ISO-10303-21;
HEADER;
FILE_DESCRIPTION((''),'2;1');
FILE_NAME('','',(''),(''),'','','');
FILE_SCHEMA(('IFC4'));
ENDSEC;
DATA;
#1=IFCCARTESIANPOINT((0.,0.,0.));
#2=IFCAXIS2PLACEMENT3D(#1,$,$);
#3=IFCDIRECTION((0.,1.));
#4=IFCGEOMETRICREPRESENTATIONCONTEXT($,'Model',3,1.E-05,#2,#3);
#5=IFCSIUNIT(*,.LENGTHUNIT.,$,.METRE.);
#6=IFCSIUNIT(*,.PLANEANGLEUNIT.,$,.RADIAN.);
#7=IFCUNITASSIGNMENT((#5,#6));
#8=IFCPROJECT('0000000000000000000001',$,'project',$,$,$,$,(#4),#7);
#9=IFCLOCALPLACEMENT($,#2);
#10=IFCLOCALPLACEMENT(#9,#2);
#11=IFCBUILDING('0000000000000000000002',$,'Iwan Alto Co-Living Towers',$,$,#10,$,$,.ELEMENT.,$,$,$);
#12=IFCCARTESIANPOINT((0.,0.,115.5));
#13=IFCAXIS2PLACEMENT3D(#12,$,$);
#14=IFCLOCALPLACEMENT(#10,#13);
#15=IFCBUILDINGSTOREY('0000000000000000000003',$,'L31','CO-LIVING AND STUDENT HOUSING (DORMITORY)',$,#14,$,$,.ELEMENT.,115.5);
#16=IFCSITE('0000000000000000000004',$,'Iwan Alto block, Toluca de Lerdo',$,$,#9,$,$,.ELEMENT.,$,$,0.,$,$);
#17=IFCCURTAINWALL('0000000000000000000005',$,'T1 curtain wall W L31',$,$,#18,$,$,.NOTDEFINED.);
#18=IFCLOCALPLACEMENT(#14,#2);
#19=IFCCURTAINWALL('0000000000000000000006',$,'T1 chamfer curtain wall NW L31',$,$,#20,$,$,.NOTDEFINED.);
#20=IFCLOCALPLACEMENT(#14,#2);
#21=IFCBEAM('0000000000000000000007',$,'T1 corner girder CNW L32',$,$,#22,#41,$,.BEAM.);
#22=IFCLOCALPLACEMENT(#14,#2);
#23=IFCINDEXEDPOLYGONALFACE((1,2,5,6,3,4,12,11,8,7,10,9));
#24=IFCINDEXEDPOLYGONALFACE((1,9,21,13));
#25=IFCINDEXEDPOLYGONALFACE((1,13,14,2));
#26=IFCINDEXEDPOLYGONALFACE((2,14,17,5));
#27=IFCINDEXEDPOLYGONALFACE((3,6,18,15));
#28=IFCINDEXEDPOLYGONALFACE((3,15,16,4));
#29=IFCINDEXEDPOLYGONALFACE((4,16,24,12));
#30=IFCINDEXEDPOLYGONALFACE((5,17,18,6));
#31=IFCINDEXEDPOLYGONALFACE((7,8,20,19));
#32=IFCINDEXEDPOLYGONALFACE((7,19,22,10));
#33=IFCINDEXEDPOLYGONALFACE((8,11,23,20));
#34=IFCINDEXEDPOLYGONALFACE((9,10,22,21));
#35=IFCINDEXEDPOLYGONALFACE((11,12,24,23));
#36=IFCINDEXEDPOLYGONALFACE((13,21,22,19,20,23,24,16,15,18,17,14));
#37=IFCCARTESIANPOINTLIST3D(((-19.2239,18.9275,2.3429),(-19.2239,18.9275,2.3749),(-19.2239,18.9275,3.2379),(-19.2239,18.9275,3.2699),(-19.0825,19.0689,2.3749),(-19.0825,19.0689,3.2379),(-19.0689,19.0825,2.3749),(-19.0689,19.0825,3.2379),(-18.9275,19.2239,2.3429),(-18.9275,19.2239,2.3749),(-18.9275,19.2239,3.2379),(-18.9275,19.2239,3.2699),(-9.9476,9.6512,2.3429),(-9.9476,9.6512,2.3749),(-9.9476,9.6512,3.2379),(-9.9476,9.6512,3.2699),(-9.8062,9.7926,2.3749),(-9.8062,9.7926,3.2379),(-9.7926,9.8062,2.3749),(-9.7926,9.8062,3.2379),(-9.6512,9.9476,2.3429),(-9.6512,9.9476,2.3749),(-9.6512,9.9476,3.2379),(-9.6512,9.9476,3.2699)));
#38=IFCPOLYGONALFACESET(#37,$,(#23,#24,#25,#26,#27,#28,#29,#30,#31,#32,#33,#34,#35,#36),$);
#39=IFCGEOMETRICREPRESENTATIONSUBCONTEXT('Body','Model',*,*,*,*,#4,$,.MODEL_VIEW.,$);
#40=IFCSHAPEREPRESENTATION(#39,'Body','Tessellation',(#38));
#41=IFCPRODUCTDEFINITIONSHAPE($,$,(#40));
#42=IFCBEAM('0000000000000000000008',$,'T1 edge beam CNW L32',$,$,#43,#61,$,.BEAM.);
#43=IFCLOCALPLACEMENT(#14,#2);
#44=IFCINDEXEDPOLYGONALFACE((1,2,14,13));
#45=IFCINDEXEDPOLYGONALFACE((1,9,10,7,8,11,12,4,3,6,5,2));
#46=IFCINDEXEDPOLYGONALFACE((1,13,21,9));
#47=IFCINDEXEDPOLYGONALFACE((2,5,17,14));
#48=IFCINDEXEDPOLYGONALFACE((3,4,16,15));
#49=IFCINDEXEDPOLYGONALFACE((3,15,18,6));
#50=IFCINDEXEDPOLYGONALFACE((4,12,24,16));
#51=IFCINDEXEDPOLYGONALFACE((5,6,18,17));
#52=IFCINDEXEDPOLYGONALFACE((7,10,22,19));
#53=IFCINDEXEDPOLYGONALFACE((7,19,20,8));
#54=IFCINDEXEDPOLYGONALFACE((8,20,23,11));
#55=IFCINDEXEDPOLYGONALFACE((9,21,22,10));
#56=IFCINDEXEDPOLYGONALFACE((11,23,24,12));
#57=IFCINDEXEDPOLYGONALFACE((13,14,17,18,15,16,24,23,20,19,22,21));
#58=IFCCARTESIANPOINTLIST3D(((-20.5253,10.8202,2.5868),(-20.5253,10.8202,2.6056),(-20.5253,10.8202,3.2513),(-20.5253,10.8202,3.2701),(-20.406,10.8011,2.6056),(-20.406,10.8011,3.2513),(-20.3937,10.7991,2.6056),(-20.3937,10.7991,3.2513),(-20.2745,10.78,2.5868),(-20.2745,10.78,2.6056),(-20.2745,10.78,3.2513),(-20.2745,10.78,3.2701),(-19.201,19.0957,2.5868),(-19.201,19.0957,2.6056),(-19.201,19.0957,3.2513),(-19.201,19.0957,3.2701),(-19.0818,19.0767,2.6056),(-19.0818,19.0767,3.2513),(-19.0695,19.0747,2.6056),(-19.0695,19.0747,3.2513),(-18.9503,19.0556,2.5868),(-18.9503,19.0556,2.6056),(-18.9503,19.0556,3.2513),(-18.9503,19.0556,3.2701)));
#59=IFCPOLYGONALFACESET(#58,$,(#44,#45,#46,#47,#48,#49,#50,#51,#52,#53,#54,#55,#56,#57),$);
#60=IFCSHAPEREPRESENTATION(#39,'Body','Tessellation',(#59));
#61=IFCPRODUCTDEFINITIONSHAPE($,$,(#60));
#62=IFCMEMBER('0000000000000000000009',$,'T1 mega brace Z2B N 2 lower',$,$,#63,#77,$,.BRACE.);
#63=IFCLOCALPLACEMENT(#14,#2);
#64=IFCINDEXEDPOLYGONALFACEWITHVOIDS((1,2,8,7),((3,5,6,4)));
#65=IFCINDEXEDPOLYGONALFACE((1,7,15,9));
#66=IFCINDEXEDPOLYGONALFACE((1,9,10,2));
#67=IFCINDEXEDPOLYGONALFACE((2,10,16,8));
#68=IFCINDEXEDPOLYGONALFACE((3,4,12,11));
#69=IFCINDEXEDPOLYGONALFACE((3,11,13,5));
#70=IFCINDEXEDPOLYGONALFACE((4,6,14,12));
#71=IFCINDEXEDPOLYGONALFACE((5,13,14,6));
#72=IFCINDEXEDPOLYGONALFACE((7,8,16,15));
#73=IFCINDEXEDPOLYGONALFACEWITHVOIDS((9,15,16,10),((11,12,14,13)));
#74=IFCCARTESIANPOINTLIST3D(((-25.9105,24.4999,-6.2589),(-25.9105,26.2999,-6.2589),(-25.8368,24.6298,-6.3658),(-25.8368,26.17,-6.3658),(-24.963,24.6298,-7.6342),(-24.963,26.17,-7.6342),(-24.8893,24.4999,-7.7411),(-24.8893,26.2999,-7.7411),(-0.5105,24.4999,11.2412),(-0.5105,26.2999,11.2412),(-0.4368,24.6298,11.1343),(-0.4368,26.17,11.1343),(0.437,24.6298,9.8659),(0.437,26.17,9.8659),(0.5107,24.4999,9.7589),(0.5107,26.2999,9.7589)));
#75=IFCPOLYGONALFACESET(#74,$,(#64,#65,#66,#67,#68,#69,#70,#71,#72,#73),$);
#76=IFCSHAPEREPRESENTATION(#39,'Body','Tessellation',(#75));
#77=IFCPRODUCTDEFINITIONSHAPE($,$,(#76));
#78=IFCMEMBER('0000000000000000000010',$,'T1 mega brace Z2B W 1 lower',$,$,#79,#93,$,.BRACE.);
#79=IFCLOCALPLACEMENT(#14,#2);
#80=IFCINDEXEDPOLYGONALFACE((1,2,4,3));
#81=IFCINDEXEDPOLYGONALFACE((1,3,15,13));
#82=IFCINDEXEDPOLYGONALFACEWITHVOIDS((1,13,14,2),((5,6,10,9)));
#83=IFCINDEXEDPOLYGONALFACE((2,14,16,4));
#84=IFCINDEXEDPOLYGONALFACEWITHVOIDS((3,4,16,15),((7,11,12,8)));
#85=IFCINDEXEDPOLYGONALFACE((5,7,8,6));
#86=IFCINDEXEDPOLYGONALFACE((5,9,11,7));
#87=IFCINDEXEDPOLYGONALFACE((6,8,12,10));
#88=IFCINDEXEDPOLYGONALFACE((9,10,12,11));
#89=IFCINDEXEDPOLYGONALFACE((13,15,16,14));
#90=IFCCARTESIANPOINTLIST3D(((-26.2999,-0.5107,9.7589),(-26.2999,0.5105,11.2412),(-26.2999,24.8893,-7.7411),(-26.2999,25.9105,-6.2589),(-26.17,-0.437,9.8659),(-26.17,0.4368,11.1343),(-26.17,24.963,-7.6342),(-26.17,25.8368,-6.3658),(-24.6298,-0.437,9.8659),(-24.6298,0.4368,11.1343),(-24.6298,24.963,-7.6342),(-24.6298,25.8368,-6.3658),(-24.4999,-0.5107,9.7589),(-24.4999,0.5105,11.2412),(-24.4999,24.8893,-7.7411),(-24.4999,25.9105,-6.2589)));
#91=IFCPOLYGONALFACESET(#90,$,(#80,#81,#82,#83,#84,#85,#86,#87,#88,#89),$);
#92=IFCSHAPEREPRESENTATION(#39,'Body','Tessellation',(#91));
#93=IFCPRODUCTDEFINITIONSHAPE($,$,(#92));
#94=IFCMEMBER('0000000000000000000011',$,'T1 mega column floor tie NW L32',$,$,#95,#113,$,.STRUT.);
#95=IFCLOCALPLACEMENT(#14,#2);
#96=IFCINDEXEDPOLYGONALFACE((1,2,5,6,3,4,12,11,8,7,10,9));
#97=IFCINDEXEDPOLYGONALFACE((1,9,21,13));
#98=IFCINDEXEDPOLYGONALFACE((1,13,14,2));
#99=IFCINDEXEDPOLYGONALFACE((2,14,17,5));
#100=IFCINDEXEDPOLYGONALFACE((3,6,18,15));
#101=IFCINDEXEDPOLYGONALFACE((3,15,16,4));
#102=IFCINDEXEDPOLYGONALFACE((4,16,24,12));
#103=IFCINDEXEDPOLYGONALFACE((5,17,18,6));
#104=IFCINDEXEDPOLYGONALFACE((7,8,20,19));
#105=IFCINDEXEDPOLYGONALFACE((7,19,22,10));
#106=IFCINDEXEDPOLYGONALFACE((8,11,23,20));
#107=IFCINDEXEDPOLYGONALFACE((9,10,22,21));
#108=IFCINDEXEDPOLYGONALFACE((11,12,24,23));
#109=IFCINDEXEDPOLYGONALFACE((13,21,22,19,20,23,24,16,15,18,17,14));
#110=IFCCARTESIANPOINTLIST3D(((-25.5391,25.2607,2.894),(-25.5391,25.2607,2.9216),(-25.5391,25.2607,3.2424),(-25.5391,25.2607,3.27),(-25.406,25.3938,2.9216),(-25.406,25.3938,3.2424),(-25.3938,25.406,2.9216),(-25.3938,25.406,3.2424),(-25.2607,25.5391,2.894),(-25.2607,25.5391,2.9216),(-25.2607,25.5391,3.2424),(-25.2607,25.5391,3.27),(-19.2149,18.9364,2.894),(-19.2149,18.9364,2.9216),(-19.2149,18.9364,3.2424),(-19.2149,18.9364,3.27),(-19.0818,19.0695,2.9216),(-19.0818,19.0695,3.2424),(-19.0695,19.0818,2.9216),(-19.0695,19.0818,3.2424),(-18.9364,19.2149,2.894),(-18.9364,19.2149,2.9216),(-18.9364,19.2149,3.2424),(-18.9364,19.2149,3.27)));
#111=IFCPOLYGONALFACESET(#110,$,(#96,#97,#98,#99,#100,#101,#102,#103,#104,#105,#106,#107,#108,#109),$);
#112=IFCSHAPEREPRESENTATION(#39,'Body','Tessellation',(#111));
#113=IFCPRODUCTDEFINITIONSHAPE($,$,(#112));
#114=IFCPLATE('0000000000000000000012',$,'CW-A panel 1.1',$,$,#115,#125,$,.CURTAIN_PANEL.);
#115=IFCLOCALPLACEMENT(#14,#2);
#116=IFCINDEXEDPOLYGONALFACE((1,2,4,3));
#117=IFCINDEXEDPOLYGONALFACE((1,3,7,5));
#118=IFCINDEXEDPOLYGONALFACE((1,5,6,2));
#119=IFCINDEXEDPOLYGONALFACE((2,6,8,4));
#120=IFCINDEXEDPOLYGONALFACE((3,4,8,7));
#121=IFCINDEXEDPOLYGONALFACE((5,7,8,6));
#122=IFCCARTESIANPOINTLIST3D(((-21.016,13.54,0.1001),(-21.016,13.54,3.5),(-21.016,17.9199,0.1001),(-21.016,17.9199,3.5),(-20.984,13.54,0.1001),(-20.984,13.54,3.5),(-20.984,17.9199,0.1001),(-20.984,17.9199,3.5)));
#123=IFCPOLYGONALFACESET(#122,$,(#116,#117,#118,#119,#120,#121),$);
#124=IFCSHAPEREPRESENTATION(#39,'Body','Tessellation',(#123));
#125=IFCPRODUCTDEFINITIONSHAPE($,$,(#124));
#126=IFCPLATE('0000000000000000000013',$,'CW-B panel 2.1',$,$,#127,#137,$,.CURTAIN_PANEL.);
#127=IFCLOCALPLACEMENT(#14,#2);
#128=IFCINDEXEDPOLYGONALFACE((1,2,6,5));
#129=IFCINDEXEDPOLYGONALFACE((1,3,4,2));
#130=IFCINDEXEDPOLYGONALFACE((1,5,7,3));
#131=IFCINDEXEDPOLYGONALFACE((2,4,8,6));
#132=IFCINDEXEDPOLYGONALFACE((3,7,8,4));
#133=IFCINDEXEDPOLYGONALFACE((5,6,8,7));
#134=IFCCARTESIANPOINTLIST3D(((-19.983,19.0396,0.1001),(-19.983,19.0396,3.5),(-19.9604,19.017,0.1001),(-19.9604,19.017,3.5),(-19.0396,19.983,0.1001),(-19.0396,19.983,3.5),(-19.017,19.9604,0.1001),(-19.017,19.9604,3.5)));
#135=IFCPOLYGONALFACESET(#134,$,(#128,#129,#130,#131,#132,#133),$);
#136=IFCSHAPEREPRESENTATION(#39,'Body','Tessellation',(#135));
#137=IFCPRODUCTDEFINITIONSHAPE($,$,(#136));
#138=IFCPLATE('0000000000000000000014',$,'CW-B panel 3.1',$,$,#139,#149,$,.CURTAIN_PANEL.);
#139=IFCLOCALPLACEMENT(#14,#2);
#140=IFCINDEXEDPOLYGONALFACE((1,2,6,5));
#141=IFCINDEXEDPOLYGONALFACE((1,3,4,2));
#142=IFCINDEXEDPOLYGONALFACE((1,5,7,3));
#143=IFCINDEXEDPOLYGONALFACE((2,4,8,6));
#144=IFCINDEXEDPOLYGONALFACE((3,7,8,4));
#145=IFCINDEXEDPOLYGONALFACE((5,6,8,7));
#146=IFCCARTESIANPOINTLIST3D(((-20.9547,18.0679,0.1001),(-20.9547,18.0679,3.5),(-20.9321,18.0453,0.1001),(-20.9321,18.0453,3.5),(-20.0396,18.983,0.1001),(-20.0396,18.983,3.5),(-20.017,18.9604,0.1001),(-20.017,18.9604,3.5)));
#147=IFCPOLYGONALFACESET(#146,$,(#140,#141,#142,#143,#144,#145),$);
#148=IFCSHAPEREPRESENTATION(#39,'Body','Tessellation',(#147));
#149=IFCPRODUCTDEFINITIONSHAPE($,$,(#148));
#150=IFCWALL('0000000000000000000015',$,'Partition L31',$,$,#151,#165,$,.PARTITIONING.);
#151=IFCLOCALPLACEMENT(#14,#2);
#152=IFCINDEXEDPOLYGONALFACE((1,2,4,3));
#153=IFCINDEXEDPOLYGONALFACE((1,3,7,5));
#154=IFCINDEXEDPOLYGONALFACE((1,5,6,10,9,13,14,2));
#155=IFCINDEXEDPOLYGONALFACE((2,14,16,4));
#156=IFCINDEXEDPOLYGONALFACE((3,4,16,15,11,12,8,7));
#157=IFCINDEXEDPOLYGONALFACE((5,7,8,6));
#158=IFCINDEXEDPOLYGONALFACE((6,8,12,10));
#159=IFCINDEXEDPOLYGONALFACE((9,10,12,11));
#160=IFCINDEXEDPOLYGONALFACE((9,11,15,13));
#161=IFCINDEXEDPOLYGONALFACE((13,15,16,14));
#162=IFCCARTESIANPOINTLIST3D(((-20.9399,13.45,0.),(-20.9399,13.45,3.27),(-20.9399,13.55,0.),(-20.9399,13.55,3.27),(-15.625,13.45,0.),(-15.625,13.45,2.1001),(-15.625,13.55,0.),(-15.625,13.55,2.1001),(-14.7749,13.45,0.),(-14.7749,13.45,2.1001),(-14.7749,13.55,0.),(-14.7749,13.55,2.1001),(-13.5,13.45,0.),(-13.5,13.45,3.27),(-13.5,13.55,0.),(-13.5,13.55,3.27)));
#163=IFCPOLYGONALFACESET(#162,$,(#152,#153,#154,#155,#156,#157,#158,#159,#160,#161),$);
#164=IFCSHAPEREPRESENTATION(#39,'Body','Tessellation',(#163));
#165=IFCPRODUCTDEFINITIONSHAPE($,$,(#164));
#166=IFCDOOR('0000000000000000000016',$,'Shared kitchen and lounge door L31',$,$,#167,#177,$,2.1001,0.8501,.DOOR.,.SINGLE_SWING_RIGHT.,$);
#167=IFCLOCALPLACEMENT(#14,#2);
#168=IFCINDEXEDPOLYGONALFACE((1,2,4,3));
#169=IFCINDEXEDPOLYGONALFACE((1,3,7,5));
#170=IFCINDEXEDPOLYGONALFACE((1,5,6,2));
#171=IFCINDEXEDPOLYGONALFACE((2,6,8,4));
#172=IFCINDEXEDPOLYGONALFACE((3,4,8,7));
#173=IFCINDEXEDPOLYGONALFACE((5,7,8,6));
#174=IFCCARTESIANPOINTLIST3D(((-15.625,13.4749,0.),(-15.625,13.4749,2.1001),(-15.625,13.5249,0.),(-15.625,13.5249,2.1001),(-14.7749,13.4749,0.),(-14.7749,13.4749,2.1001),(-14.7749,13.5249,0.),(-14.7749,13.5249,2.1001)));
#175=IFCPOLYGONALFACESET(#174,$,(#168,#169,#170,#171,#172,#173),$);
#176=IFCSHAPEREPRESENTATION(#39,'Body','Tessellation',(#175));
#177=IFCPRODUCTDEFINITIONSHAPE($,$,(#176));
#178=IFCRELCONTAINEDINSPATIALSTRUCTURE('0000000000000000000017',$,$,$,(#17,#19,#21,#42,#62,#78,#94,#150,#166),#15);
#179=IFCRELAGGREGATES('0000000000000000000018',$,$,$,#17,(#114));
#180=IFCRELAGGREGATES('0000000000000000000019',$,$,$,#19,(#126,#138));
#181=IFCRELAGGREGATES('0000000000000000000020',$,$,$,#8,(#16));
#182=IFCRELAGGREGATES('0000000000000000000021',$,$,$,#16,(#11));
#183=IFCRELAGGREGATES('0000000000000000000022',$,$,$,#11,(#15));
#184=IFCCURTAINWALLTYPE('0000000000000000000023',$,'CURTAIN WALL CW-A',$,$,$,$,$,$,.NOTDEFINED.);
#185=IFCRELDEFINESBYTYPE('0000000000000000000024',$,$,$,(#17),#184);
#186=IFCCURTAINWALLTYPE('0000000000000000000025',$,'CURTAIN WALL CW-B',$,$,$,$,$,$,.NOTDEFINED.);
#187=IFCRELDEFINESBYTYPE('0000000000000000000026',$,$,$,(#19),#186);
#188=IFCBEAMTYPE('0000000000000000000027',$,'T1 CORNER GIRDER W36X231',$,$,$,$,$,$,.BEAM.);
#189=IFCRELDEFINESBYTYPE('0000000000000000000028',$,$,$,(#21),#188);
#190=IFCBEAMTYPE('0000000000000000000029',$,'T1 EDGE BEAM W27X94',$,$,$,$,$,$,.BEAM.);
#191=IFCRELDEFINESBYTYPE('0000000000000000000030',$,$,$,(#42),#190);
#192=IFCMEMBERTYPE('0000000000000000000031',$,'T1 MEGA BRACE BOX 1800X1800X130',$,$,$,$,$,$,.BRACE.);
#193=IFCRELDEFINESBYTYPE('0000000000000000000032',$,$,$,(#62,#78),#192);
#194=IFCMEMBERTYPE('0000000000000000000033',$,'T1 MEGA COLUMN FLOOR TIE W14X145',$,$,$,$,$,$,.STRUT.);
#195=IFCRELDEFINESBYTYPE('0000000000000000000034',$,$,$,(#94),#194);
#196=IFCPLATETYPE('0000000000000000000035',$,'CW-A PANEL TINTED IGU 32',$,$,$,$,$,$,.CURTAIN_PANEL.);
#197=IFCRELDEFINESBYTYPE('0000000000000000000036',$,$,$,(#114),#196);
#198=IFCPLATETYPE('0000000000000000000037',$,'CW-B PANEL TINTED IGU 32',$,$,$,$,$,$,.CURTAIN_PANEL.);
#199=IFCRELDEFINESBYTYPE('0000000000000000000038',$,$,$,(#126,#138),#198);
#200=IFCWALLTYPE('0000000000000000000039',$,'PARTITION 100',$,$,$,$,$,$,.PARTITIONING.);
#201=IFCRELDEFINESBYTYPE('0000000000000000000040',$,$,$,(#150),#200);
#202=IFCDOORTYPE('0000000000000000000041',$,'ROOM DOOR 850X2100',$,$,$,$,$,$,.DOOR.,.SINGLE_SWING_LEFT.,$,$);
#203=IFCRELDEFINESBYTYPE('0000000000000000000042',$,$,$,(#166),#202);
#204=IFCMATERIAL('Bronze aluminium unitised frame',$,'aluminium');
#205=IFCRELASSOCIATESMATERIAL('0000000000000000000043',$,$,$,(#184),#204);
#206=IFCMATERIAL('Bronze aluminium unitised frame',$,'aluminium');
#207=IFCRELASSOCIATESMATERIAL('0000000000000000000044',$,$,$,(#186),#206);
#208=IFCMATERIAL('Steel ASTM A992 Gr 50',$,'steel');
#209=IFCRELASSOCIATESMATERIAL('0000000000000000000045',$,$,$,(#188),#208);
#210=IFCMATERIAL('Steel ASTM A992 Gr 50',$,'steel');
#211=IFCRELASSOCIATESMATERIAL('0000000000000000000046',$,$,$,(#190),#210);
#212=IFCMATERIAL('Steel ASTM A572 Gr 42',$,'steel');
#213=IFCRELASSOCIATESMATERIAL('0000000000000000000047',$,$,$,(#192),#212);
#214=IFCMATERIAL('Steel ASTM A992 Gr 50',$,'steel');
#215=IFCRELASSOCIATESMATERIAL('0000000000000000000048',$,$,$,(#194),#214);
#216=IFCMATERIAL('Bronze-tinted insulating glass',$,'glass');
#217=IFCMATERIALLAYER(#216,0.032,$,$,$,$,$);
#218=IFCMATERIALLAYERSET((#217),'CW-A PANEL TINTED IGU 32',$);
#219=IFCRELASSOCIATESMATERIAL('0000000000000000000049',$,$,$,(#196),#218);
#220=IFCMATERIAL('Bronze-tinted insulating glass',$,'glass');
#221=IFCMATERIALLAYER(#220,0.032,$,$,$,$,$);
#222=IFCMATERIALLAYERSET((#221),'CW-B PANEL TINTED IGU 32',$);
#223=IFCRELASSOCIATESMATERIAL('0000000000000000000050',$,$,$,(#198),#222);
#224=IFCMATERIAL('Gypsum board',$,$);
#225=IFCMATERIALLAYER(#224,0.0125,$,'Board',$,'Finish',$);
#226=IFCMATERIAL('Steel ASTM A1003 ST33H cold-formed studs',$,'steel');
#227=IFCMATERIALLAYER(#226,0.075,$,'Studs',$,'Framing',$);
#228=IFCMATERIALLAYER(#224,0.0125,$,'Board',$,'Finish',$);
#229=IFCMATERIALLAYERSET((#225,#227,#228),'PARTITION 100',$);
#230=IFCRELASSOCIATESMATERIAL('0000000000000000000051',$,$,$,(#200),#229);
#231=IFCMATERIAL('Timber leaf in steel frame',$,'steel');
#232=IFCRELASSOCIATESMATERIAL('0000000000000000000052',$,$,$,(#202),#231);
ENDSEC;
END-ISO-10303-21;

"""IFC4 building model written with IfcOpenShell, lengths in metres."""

from ifc_helpers import new_model, si_unit, direction, frame, frame_2d, origin, origin_2d, place, context, subcontext, project, spatial, rectangle, hollow_rectangle, i_section, extrude, material, layer, layer_set, material_profile, profile_set, type_object, element, fill, aggregate, save


model = new_model("IFC4")

# Units and contexts
model_context = context("Model", 3, precision=1e-05, world=origin(), true_north=direction((0.0, 1.0)))
body_context = subcontext(model_context, "Body", "Model", "MODEL_VIEW")
ifc_project = project(units=[si_unit("LENGTHUNIT", "METRE"), si_unit("PLANEANGLEUNIT", "RADIAN")], contexts=[model_context])

# Site, building, storey
site_placement = place(None, origin())
site = spatial("IfcSite", under=ifc_project, at=site_placement, Name="Iwan Alto block, Toluca de Lerdo", CompositionType="ELEMENT", RefElevation=0.0)
building_placement = place(site_placement, origin())
building = spatial("IfcBuilding", under=site, at=building_placement, Name="Iwan Alto Co-Living Towers", CompositionType="ELEMENT")
storey_placement = place(building_placement, frame((0.0, 0.0, 115.5)))
storey = spatial("IfcBuildingStorey", under=building, at=storey_placement, Name="L31", Description="CO-LIVING AND STUDENT HOUSING (DORMITORY)", CompositionType="ELEMENT", Elevation=115.5)

# Curtain walls
ifc_material_1 = material(Name="Bronze aluminium unitised frame", Category="aluminium")
curtain_wall_type_1 = type_object("IfcCurtainWallType", Name="CURTAIN WALL CW-A", PredefinedType="NOTDEFINED", material=ifc_material_1)
curtain_wall_1_placement = place(storey_placement, origin())
curtain_wall_1 = element("IfcCurtainWall", 1, at=curtain_wall_1_placement, inside=storey, type_object=curtain_wall_type_1, Name="T1 curtain wall W L31", PredefinedType="NOTDEFINED")
ifc_material_2 = material(Name="Bronze aluminium unitised frame", Category="aluminium")
curtain_wall_type_2 = type_object("IfcCurtainWallType", Name="CURTAIN WALL CW-B", PredefinedType="NOTDEFINED", material=ifc_material_2)
curtain_wall_2_placement = place(storey_placement, origin())
curtain_wall_2 = element("IfcCurtainWall", 2, at=curtain_wall_2_placement, inside=storey, type_object=curtain_wall_type_2, Name="T1 chamfer curtain wall NW L31", PredefinedType="NOTDEFINED")

# Beams
ifc_material_3 = material(Name="Steel ASTM A992 Gr 50", Category="steel")
ifc_material_profile_1 = material_profile(ifc_material_3, i_section(OverallWidth=0.4192, OverallDepth=0.927, WebThickness=0.0193, FlangeThickness=0.032, at=origin_2d()), Name="W36X231")
ifc_profile_set_1 = profile_set([ifc_material_profile_1], Name="Steel ASTM A992 Gr 50")
beam_type_1 = type_object("IfcBeamType", Name="T1 CORNER GIRDER W36X231", PredefinedType="BEAM", material=ifc_profile_set_1)
beam_1_placement = place(storey_placement, frame((-19.0757, 19.0757, 2.8064), z_axis=(0.707107, -0.707107, 0.0), x_axis=(0.707107, 0.707107, 0.0)))
element("IfcBeam", 3, at=beam_1_placement, inside=storey, type_object=beam_type_1, Name="T1 corner girder CNW L32", PredefinedType="BEAM", context=body_context, shape_type="SweptSolid", body=[
    extrude(i_section(OverallWidth=0.4192, OverallDepth=0.927, WebThickness=0.0193, FlangeThickness=0.032, at=origin_2d()), origin(), (0.0, 0.0, 1.0), 13.1187),
])
ifc_material_4 = material(Name="Steel ASTM A992 Gr 50", Category="steel")
ifc_material_profile_2 = material_profile(ifc_material_4, i_section(OverallWidth=0.2539, OverallDepth=0.6833, WebThickness=0.0125, FlangeThickness=0.0188, at=origin_2d()), Name="W27X94")
ifc_profile_set_2 = profile_set([ifc_material_profile_2], Name="Steel ASTM A992 Gr 50")
beam_type_2 = type_object("IfcBeamType", Name="T1 EDGE BEAM W27X94", PredefinedType="BEAM", material=ifc_profile_set_2)
beam_2_placement = place(storey_placement, frame((-19.0757, 19.0757, 2.9285), z_axis=(-0.158004, -0.987438, 0.0), x_axis=(0.987438, -0.158004, 0.0)))
element("IfcBeam", 4, at=beam_2_placement, inside=storey, type_object=beam_type_2, Name="T1 edge beam CNW L32", PredefinedType="BEAM", context=body_context, shape_type="SweptSolid", body=[
    extrude(i_section(OverallWidth=0.2539, OverallDepth=0.6833, WebThickness=0.0125, FlangeThickness=0.0188, at=origin_2d()), origin(), (0.0, 0.0, 1.0), 8.3809),
])

# Members
ifc_material_5 = material(Name="Steel ASTM A572 Gr 42", Category="steel")
ifc_material_profile_3 = material_profile(ifc_material_5, hollow_rectangle(XDim=1.8, YDim=1.8, WallThickness=0.1299, at=origin_2d()), Name="BOX 1800X1800X130")
ifc_profile_set_3 = profile_set([ifc_material_profile_3], Name="Steel ASTM A572 Gr 42")
member_type_1 = type_object("IfcMemberType", Name="T1 MEGA BRACE BOX 1800X1800X130", PredefinedType="BRACE", material=ifc_profile_set_3)
for number, where, z_axis, x_axis, name in (
    (5, (-25.3999, 25.3999, -7.0), (0.823473, 0.0, 0.567356), (0.0, 1.0, 0.0), "T1 mega brace Z2B N 2 lower"),
    (6, (-25.3999, 25.3999, -7.0), (0.0, -0.823473, 0.567356), (1.0, 0.0, 0.0), "T1 mega brace Z2B W 1 lower"),
):
    element("IfcMember", number, at=place(storey_placement, frame(where, z_axis=z_axis, x_axis=x_axis)), inside=storey, type_object=member_type_1, Name=name, PredefinedType="BRACE", context=body_context, shape_type="SweptSolid", body=[
        extrude(hollow_rectangle(XDim=1.8, YDim=1.8, WallThickness=0.1299, at=origin_2d()), origin(), (0.0, 0.0, 1.0), 30.845),
    ])
ifc_material_6 = material(Name="Steel ASTM A992 Gr 50", Category="steel")
ifc_material_profile_4 = material_profile(ifc_material_6, i_section(OverallWidth=0.3938, OverallDepth=0.376, WebThickness=0.0173, FlangeThickness=0.0276, at=origin_2d()), Name="W14X145")
ifc_profile_set_4 = profile_set([ifc_material_profile_4], Name="Steel ASTM A992 Gr 50")
member_type_2 = type_object("IfcMemberType", Name="T1 MEGA COLUMN FLOOR TIE W14X145", PredefinedType="STRUT", material=ifc_profile_set_4)
member_1_placement = place(storey_placement, frame((-25.3999, 25.3999, 3.082), z_axis=(0.707107, -0.707107, 0.0), x_axis=(0.707107, 0.707107, 0.0)))
element("IfcMember", 7, at=member_1_placement, inside=storey, type_object=member_type_2, Name="T1 mega column floor tie NW L32", PredefinedType="STRUT", context=body_context, shape_type="SweptSolid", body=[
    extrude(i_section(OverallWidth=0.3938, OverallDepth=0.376, WebThickness=0.0173, FlangeThickness=0.0276, at=origin_2d()), origin(), (0.0, 0.0, 1.0), 8.9438),
])

# Plates
ifc_material_7 = material(Name="Bronze-tinted insulating glass", Category="glass")
ifc_layer_1 = layer(ifc_material_7, 0.032)
ifc_layer_set_1 = layer_set([ifc_layer_1], Name="CW-A PANEL TINTED IGU 32")
plate_type_1 = type_object("IfcPlateType", Name="CW-A PANEL TINTED IGU 32", PredefinedType="CURTAIN_PANEL", material=ifc_layer_set_1)
plate_1_placement = place(storey_placement, frame((-21.0, 15.73, 0.1001), z_axis=(0.0, 0.0, 1.0), x_axis=(0.0, -1.0, 0.0)))
plate_1 = element("IfcPlate", 8, at=plate_1_placement, type_object=plate_type_1, Name="CW-A panel 1.1", PredefinedType="CURTAIN_PANEL", context=body_context, shape_type="SweptSolid", body=[
    extrude(rectangle(XDim=4.3799, YDim=0.032, at=origin_2d()), origin(), (0.0, 0.0, 1.0), 3.3999),
])
aggregate(curtain_wall_1, [plate_1])
ifc_material_8 = material(Name="Bronze-tinted insulating glass", Category="glass")
ifc_layer_2 = layer(ifc_material_8, 0.032)
ifc_layer_set_2 = layer_set([ifc_layer_2], Name="CW-B PANEL TINTED IGU 32")
plate_type_2 = type_object("IfcPlateType", Name="CW-B PANEL TINTED IGU 32", PredefinedType="CURTAIN_PANEL", material=ifc_layer_set_2)
plate_2_placement = place(storey_placement, frame((-19.5, 19.5, 0.1001), z_axis=(0.0, 0.0, 1.0), x_axis=(-0.707107, -0.707107, 0.0)))
plate_2 = element("IfcPlate", 9, at=plate_2_placement, type_object=plate_type_2, Name="CW-B panel 2.1", PredefinedType="CURTAIN_PANEL", context=body_context, shape_type="SweptSolid", body=[
    extrude(rectangle(XDim=1.3342, YDim=0.032, at=origin_2d()), origin(), (0.0, 0.0, 1.0), 3.3999),
])
plate_3_placement = place(storey_placement, frame((-20.4858, 18.5142, 0.1001), z_axis=(0.0, 0.0, 1.0), x_axis=(-0.707107, -0.707107, 0.0)))
plate_3 = element("IfcPlate", 10, at=plate_3_placement, type_object=plate_type_2, Name="CW-B panel 3.1", PredefinedType="CURTAIN_PANEL", context=body_context, shape_type="SweptSolid", body=[
    extrude(rectangle(XDim=1.2942, YDim=0.032, at=origin_2d()), origin(), (0.0, 0.0, 1.0), 3.3999),
])
aggregate(curtain_wall_2, [plate_2, plate_3])

# Wall, opening, door
ifc_material_9 = material(Name="Gypsum board")
ifc_layer_3 = layer(ifc_material_9, 0.0125, Name="Board", Category="Finish")
ifc_material_10 = material(Name="Steel ASTM A1003 ST33H cold-formed studs", Category="steel")
ifc_layer_4 = layer(ifc_material_10, 0.075, Name="Studs", Category="Framing")
ifc_layer_5 = layer(ifc_material_9, 0.0125, Name="Board", Category="Finish")
ifc_layer_set_3 = layer_set([ifc_layer_3, ifc_layer_4, ifc_layer_5], Name="PARTITION 100")
wall_type = type_object("IfcWallType", Name="PARTITION 100", PredefinedType="PARTITIONING", material=ifc_layer_set_3)
wall_placement = place(storey_placement, frame((-20.9399, 13.5, 0.0), z_axis=(0.0, 0.0, 1.0), x_axis=(1.0, 0.0, 0.0)))
wall = element("IfcWall", 11, at=wall_placement, inside=storey, type_object=wall_type, Name="Partition L31", PredefinedType="PARTITIONING", context=body_context, shape_type="SweptSolid", body=[
    extrude(rectangle(XDim=7.4399, YDim=0.1001, at=frame_2d((3.72, 0.0))), origin(), (0.0, 0.0, 1.0), 3.27),
])
opening_placement = place(wall_placement, frame((5.3149, 0.0, 0.0)))
opening = element("IfcOpeningElement", 12, at=opening_placement, cuts=wall, PredefinedType="OPENING", context=body_context, shape_type="SweptSolid", body=[
    extrude(rectangle(XDim=0.8501, YDim=2.1001, at=frame_2d((0.425, 1.05))), frame((0.0, 0.0601, 0.0), z_axis=(0.0, -1.0, 0.0), x_axis=(1.0, 0.0, 0.0)), (0.0, 0.0, 1.0), 0.1201),
])
ifc_material_11 = material(Name="Timber leaf in steel frame", Category="steel")
door_type = type_object("IfcDoorType", Name="ROOM DOOR 850X2100", OperationType="SINGLE_SWING_LEFT", PredefinedType="DOOR", material=ifc_material_11)
door_placement = place(opening_placement, origin())
door = element("IfcDoor", 13, at=door_placement, inside=storey, type_object=door_type, Name="Shared kitchen and lounge door L31", OperationType="SINGLE_SWING_RIGHT", OverallHeight=2.1001, OverallWidth=0.8501, PredefinedType="DOOR", context=body_context, shape_type="SweptSolid", body=[
    extrude(rectangle(XDim=0.8501, YDim=2.1001, at=frame_2d((0.425, 1.05))), frame((0.0, 0.0249, 0.0), z_axis=(0.0, -1.0, 0.0), x_axis=(1.0, 0.0, 0.0)), (0.0, 0.0, 1.0), 0.05),
])
fill(opening, door)

save(model, "model.ifc")
